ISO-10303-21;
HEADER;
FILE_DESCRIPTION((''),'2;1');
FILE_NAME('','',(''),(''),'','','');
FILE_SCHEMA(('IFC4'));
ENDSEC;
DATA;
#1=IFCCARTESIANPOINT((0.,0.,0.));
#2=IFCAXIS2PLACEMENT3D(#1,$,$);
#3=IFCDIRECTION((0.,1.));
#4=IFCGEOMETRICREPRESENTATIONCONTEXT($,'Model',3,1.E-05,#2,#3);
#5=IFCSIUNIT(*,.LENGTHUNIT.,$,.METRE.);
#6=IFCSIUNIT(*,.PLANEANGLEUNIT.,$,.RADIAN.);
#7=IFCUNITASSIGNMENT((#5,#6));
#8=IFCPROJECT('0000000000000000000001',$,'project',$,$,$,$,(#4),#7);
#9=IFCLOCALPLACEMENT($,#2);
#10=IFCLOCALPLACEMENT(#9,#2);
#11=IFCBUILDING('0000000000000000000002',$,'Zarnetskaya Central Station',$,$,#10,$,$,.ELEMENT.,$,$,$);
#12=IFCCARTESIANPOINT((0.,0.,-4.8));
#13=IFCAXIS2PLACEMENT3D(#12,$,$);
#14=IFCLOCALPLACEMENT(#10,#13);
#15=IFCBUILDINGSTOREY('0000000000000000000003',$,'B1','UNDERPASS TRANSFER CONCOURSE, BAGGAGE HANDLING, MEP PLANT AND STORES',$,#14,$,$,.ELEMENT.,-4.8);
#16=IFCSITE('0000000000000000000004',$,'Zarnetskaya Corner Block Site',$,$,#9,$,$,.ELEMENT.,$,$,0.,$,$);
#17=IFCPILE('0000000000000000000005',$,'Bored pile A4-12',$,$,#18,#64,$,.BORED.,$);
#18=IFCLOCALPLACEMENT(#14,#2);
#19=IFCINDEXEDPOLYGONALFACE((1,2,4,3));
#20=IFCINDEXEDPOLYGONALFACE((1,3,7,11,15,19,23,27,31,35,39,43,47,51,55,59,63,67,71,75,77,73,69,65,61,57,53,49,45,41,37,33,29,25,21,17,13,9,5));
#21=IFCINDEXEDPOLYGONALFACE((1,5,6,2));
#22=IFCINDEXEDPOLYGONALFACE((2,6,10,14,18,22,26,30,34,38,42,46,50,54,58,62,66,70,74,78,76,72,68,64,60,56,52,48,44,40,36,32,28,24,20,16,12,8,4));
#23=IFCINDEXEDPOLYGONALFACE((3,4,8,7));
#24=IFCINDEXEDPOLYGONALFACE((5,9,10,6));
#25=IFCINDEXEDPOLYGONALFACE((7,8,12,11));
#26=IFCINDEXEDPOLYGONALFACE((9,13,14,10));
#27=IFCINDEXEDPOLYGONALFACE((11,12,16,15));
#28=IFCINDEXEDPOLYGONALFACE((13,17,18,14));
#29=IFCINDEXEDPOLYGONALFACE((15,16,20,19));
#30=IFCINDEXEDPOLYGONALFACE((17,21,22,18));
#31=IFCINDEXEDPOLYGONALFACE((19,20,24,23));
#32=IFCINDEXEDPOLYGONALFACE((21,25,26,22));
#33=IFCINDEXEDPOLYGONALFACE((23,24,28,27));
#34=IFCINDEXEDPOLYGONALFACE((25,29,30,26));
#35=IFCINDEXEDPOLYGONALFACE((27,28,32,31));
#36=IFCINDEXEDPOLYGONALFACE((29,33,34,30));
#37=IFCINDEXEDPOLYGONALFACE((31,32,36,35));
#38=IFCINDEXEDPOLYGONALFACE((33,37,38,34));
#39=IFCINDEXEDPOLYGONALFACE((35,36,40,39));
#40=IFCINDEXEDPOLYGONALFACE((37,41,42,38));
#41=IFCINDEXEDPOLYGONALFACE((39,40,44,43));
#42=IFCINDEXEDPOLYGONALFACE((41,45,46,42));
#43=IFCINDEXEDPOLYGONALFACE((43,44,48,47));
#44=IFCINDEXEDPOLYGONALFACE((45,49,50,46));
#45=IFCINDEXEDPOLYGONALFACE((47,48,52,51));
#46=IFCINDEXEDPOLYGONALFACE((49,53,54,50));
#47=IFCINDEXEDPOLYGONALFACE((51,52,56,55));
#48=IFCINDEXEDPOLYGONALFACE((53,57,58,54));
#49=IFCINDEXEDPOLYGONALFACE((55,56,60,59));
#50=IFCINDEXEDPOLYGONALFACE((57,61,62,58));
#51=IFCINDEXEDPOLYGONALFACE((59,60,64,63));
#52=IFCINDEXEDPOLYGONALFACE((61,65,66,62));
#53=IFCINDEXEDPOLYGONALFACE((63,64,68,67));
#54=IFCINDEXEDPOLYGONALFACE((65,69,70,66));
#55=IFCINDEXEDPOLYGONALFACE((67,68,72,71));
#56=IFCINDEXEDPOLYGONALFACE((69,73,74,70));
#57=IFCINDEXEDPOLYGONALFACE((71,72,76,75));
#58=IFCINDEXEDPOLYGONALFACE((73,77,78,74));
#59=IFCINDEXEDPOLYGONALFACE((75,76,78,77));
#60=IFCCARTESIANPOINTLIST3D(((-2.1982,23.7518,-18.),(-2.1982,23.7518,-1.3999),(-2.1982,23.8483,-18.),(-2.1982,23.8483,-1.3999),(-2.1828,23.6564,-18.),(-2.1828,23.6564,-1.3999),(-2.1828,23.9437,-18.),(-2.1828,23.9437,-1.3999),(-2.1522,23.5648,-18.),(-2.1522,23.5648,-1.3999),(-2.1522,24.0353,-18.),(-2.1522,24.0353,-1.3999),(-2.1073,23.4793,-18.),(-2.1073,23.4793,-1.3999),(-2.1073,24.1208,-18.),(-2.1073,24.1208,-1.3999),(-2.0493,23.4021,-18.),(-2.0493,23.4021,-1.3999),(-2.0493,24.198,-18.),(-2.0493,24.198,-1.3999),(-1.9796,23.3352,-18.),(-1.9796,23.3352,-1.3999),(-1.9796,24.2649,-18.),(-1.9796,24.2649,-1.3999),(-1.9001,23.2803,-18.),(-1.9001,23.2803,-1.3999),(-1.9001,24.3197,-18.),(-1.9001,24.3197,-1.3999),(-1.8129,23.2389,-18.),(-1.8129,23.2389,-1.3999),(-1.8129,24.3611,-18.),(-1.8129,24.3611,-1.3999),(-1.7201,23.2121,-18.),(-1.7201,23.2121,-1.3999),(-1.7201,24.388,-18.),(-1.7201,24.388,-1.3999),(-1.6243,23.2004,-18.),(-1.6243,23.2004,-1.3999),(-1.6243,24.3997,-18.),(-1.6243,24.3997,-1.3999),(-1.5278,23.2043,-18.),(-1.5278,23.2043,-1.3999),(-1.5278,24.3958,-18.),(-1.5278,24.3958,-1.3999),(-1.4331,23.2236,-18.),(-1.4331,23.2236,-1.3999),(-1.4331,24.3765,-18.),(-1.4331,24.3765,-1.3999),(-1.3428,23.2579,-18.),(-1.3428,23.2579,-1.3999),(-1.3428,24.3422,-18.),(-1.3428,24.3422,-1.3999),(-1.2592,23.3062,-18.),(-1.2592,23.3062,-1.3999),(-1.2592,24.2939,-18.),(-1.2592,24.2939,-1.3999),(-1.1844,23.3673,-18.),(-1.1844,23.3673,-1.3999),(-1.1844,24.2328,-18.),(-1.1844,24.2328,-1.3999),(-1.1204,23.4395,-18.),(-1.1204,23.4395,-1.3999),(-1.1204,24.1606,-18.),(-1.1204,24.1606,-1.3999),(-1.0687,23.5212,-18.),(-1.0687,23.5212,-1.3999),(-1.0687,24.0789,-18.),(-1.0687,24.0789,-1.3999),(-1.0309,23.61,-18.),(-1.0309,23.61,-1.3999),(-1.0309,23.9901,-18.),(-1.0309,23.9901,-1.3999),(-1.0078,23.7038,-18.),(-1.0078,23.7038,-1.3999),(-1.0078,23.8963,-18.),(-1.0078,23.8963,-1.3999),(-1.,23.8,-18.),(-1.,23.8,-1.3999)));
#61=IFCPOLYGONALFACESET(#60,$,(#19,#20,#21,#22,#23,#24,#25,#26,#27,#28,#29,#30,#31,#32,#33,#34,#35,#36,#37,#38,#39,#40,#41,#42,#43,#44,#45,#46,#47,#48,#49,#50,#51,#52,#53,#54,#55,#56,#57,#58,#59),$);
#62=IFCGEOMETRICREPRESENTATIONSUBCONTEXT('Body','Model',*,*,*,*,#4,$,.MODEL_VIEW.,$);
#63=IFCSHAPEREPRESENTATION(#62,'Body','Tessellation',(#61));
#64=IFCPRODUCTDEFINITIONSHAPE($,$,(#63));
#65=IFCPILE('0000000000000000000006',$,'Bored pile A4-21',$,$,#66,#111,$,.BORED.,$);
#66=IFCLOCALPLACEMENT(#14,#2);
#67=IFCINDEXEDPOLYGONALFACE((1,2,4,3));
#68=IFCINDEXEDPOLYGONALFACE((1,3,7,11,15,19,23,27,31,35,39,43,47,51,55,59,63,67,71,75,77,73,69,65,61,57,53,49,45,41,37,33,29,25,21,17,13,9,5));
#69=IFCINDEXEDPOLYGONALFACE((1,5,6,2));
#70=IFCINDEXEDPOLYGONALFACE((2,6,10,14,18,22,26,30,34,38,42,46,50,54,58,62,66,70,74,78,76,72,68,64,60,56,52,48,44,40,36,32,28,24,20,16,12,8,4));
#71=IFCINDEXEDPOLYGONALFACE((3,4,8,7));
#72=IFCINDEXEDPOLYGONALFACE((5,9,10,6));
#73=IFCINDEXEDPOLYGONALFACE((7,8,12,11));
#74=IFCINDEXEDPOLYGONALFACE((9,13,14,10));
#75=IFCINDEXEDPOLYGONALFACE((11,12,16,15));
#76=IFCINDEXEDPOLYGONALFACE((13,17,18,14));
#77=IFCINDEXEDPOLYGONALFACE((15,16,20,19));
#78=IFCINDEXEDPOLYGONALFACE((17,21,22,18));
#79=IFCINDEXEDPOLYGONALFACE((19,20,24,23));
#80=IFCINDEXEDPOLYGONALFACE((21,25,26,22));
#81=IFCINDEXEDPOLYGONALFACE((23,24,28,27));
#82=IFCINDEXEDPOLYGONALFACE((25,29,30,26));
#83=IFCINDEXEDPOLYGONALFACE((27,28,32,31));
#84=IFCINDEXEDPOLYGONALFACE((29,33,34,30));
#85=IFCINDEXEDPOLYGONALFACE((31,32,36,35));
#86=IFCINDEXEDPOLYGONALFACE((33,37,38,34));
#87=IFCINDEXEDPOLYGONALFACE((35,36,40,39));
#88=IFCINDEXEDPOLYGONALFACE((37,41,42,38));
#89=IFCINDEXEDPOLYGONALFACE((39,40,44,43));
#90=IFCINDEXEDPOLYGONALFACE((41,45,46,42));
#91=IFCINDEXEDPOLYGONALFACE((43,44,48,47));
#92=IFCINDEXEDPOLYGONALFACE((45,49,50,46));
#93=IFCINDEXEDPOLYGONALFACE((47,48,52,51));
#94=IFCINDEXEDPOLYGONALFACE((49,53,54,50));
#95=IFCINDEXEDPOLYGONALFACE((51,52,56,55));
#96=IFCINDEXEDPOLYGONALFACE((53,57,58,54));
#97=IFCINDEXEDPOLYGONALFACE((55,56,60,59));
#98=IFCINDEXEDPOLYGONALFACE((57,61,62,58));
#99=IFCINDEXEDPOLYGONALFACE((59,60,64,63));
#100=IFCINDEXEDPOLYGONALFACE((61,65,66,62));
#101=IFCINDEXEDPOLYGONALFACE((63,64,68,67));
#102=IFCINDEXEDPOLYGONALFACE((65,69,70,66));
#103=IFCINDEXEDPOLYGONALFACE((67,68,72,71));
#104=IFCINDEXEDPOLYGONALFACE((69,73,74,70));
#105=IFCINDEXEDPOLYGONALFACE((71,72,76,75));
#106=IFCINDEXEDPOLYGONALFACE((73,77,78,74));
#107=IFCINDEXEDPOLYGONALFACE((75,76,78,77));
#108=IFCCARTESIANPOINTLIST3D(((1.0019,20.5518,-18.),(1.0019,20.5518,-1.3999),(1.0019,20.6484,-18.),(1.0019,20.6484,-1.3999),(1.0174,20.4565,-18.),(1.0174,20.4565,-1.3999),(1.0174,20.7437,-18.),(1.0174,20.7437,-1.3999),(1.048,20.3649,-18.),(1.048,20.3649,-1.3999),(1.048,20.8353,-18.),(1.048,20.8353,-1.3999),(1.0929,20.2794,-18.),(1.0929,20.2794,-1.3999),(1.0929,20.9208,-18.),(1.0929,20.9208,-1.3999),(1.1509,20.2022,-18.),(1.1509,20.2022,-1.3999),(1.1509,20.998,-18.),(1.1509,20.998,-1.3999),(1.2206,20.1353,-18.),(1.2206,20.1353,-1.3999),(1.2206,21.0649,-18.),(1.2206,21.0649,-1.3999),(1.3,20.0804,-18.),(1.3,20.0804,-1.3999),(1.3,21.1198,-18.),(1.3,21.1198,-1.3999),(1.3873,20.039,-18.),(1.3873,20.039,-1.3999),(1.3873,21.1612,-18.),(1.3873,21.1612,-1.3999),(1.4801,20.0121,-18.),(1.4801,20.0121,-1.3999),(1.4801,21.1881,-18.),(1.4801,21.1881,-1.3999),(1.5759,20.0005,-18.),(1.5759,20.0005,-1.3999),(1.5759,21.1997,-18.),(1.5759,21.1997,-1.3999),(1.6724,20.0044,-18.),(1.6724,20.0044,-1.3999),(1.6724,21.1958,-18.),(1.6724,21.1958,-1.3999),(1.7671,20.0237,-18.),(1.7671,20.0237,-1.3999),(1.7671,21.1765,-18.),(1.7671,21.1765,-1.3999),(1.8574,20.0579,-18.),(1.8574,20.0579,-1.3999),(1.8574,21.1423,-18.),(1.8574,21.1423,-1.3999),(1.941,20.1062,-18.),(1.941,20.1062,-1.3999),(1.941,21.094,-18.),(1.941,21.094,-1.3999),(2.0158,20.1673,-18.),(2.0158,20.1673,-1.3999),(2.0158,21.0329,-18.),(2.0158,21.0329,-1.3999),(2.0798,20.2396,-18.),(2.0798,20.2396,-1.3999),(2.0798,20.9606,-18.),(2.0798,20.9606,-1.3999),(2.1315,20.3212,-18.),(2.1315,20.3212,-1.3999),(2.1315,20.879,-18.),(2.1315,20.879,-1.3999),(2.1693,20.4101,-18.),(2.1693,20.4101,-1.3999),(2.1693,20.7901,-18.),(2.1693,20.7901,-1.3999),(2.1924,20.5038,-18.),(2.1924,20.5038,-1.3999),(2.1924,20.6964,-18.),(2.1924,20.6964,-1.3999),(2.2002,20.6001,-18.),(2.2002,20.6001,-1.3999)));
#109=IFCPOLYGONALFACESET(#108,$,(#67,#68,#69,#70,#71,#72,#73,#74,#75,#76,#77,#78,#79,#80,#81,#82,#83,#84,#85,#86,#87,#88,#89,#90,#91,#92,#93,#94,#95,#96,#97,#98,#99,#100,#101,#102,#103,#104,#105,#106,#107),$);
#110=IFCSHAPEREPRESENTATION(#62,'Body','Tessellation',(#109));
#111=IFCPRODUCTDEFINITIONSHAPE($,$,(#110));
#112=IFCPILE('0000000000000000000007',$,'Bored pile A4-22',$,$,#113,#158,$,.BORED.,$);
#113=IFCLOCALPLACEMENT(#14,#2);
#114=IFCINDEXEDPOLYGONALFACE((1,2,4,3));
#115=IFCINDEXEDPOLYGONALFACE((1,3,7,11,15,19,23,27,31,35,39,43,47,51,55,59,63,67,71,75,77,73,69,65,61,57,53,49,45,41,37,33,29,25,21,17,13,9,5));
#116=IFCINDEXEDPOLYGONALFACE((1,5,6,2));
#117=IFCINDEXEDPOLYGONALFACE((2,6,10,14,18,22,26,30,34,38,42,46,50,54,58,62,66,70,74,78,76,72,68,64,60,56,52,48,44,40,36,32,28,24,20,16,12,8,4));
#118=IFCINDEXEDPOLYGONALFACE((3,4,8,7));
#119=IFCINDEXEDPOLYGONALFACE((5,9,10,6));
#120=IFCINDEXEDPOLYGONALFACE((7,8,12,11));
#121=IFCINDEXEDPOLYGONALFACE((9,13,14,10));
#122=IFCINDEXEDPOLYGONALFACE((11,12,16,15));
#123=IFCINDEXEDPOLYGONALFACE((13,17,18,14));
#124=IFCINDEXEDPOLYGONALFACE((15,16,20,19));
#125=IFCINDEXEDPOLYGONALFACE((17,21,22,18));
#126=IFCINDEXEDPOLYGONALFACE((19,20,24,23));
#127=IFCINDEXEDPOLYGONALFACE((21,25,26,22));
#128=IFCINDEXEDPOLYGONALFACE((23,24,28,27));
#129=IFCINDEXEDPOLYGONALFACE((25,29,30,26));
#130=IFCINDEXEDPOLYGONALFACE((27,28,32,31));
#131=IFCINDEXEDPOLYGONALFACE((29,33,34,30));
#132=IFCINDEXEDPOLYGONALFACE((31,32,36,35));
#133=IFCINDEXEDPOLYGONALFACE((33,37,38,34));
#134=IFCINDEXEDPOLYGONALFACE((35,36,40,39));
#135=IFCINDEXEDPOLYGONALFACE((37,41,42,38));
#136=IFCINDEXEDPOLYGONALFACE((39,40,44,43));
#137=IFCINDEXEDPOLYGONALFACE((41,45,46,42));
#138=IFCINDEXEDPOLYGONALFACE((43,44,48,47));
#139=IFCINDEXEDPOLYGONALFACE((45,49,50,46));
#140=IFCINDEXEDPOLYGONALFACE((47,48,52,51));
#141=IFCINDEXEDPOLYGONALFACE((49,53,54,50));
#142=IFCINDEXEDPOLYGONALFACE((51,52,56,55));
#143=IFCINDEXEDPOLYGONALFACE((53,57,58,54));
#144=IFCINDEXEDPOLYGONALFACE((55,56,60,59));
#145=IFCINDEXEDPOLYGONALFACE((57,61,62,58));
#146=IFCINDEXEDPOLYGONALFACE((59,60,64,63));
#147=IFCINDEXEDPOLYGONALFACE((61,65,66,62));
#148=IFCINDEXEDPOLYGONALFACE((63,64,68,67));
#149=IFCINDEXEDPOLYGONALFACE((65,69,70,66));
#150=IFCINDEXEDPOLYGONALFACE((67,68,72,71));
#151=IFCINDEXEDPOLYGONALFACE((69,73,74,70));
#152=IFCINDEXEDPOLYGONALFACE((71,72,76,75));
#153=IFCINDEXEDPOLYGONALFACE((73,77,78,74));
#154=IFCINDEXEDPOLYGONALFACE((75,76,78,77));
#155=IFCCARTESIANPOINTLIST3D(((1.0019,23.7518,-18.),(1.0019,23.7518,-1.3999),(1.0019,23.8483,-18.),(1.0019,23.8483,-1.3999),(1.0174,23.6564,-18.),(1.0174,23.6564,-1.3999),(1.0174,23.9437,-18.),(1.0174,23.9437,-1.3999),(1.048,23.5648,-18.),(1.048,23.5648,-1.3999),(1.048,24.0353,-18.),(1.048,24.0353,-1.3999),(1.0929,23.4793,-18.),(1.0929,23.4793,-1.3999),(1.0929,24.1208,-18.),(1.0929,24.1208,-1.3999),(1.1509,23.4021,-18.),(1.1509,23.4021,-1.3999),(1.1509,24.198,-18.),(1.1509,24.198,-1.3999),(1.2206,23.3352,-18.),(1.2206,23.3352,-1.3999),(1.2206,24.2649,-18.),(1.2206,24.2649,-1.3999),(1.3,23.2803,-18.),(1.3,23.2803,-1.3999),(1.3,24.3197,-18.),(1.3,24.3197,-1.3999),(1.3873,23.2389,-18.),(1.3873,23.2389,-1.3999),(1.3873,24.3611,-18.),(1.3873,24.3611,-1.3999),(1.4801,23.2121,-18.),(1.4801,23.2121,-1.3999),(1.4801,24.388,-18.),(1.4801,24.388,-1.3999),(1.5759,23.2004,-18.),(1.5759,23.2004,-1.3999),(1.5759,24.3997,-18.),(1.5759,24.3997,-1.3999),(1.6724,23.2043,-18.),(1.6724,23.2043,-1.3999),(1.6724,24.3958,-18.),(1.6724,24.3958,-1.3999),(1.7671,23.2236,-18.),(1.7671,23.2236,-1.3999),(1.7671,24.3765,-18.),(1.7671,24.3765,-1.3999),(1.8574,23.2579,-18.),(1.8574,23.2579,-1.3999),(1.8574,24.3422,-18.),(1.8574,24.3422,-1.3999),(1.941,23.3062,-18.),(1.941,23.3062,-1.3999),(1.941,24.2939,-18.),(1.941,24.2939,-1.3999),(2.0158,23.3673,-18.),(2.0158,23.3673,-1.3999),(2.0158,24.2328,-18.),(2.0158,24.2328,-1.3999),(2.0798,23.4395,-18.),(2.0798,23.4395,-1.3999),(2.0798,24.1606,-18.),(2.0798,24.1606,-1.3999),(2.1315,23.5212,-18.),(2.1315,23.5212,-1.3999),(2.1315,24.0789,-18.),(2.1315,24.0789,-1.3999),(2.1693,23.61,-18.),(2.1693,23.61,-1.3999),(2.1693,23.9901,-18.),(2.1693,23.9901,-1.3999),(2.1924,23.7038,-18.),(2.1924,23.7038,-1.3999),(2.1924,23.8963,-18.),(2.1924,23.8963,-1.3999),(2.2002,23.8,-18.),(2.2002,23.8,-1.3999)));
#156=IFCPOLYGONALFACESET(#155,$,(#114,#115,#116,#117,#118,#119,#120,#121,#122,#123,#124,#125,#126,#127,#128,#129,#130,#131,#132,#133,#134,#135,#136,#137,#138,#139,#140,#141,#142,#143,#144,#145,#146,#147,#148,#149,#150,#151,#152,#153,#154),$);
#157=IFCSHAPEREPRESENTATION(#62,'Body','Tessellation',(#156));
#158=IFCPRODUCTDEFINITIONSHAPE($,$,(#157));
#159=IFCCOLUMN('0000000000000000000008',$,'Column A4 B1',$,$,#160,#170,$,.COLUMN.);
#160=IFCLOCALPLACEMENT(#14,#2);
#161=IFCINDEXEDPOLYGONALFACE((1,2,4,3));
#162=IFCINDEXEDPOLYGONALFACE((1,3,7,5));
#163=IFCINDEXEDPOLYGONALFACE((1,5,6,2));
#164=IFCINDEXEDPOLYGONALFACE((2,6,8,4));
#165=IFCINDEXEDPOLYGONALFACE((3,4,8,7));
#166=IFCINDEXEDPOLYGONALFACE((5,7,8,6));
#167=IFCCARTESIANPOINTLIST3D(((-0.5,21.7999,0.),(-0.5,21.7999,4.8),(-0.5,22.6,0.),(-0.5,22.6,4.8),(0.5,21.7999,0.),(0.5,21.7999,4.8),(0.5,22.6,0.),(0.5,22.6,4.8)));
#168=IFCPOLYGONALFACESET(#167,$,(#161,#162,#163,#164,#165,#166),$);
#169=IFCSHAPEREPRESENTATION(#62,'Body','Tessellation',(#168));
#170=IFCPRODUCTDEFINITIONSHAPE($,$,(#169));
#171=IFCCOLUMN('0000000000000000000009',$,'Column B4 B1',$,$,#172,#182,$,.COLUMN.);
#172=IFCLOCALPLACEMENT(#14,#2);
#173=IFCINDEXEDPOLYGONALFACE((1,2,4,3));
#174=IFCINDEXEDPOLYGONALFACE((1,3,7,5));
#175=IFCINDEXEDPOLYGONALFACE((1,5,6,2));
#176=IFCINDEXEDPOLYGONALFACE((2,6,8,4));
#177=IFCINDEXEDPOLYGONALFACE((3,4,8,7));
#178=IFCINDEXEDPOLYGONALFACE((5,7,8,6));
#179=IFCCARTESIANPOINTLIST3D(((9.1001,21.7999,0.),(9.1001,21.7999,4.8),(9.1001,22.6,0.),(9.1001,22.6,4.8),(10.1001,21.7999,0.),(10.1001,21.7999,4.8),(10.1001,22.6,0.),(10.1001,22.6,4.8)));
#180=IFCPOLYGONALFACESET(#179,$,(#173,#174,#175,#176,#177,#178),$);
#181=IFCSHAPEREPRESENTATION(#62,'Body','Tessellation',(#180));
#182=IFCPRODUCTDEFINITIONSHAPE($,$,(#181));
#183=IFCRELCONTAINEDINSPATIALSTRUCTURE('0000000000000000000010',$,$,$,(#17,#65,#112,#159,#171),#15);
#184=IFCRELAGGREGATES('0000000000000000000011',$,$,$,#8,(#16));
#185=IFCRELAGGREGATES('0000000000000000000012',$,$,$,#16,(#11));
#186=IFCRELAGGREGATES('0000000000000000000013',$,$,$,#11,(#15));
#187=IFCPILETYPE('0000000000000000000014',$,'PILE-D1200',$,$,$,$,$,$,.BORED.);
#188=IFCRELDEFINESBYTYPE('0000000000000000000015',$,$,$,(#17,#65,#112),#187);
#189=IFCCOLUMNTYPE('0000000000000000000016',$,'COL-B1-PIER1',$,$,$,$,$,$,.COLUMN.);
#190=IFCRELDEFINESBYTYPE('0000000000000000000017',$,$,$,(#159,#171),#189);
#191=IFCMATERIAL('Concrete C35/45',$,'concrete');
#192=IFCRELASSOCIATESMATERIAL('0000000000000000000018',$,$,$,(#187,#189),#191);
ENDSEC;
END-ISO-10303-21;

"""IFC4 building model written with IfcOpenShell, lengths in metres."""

from ifc_helpers import new_model, si_unit, direction, frame, origin, origin_2d, place, context, subcontext, project, spatial, rectangle, circle, extrude, material, material_profile, profile_set, type_object, element, save


model = new_model("IFC4")

# Units and contexts
model_context = context("Model", 3, precision=1e-05, world=origin(), true_north=direction((0.0, 1.0)))
body_context = subcontext(model_context, "Body", "Model", "MODEL_VIEW")
ifc_project = project(units=[si_unit("LENGTHUNIT", "METRE"), si_unit("PLANEANGLEUNIT", "RADIAN")], contexts=[model_context])

# Site, building, storey
site_placement = place(None, origin())
site = spatial("IfcSite", under=ifc_project, at=site_placement, Name="Zarnetskaya Corner Block Site", CompositionType="ELEMENT", RefElevation=0.0)
building_placement = place(site_placement, origin())
building = spatial("IfcBuilding", under=site, at=building_placement, Name="Zarnetskaya Central Station", CompositionType="ELEMENT")
storey_placement = place(building_placement, frame((0.0, 0.0, -4.8)))
storey = spatial("IfcBuildingStorey", under=building, at=storey_placement, Name="B1", Description="UNDERPASS TRANSFER CONCOURSE, BAGGAGE HANDLING, MEP PLANT AND STORES", CompositionType="ELEMENT", Elevation=-4.8)

# Shared definitions
ifc_material_1 = material(Name="Concrete C35/45", Category="concrete")

# Piles
ifc_material_profile_1 = material_profile(ifc_material_1, circle(Radius=0.6001, at=origin_2d()), Name="BORED PILE D1200")
ifc_profile_set_1 = profile_set([ifc_material_profile_1], Name="Concrete C35/45")
pile_type = type_object("IfcPileType", Name="PILE-D1200", PredefinedType="BORED", material=ifc_profile_set_1)
for number, where, z_axis, x_axis, name in (
    (1, (-1.6001, 23.8, -1.3999), (0.0, 0.0, -1.0), (1.0, 0.0, 0.0), "Bored pile A4-12"),
    (2, (1.6001, 20.6001, -1.3999), (0.0, 0.0, -1.0), (1.0, 0.0, 0.0), "Bored pile A4-21"),
    (3, (1.6001, 23.8, -1.3999), (0.0, 0.0, -1.0), (1.0, 0.0, 0.0), "Bored pile A4-22"),
):
    element("IfcPile", number, at=place(storey_placement, frame(where, z_axis=z_axis, x_axis=x_axis)), inside=storey, type_object=pile_type, Name=name, PredefinedType="BORED", context=body_context, shape_type="SweptSolid", body=[
        extrude(circle(Radius=0.6001, at=origin_2d()), origin(), (0.0, 0.0, 1.0), 16.6001),
    ])

# Columns
ifc_material_profile_2 = material_profile(ifc_material_1, rectangle(XDim=1.0, YDim=0.8, at=origin_2d()), Name="RC PIER 1000x800")
ifc_profile_set_2 = profile_set([ifc_material_profile_2], Name="Concrete C35/45")
column_type = type_object("IfcColumnType", Name="COL-B1-PIER1", PredefinedType="COLUMN", material=ifc_profile_set_2)
for number, where, z_axis, x_axis, name in (
    (4, (0.0, 22.2, 0.0), (0.0, 0.0, 1.0), (1.0, 0.0, 0.0), "Column A4 B1"),
    (5, (9.6001, 22.2, 0.0), (0.0, 0.0, 1.0), (1.0, 0.0, 0.0), "Column B4 B1"),
):
    element("IfcColumn", number, at=place(storey_placement, frame(where, z_axis=z_axis, x_axis=x_axis)), inside=storey, type_object=column_type, Name=name, PredefinedType="COLUMN", context=body_context, shape_type="SweptSolid", body=[
        extrude(rectangle(XDim=1.0, YDim=0.8, at=origin_2d()), origin(), (0.0, 0.0, 1.0), 4.8),
    ])

save(model, "model.ifc")
